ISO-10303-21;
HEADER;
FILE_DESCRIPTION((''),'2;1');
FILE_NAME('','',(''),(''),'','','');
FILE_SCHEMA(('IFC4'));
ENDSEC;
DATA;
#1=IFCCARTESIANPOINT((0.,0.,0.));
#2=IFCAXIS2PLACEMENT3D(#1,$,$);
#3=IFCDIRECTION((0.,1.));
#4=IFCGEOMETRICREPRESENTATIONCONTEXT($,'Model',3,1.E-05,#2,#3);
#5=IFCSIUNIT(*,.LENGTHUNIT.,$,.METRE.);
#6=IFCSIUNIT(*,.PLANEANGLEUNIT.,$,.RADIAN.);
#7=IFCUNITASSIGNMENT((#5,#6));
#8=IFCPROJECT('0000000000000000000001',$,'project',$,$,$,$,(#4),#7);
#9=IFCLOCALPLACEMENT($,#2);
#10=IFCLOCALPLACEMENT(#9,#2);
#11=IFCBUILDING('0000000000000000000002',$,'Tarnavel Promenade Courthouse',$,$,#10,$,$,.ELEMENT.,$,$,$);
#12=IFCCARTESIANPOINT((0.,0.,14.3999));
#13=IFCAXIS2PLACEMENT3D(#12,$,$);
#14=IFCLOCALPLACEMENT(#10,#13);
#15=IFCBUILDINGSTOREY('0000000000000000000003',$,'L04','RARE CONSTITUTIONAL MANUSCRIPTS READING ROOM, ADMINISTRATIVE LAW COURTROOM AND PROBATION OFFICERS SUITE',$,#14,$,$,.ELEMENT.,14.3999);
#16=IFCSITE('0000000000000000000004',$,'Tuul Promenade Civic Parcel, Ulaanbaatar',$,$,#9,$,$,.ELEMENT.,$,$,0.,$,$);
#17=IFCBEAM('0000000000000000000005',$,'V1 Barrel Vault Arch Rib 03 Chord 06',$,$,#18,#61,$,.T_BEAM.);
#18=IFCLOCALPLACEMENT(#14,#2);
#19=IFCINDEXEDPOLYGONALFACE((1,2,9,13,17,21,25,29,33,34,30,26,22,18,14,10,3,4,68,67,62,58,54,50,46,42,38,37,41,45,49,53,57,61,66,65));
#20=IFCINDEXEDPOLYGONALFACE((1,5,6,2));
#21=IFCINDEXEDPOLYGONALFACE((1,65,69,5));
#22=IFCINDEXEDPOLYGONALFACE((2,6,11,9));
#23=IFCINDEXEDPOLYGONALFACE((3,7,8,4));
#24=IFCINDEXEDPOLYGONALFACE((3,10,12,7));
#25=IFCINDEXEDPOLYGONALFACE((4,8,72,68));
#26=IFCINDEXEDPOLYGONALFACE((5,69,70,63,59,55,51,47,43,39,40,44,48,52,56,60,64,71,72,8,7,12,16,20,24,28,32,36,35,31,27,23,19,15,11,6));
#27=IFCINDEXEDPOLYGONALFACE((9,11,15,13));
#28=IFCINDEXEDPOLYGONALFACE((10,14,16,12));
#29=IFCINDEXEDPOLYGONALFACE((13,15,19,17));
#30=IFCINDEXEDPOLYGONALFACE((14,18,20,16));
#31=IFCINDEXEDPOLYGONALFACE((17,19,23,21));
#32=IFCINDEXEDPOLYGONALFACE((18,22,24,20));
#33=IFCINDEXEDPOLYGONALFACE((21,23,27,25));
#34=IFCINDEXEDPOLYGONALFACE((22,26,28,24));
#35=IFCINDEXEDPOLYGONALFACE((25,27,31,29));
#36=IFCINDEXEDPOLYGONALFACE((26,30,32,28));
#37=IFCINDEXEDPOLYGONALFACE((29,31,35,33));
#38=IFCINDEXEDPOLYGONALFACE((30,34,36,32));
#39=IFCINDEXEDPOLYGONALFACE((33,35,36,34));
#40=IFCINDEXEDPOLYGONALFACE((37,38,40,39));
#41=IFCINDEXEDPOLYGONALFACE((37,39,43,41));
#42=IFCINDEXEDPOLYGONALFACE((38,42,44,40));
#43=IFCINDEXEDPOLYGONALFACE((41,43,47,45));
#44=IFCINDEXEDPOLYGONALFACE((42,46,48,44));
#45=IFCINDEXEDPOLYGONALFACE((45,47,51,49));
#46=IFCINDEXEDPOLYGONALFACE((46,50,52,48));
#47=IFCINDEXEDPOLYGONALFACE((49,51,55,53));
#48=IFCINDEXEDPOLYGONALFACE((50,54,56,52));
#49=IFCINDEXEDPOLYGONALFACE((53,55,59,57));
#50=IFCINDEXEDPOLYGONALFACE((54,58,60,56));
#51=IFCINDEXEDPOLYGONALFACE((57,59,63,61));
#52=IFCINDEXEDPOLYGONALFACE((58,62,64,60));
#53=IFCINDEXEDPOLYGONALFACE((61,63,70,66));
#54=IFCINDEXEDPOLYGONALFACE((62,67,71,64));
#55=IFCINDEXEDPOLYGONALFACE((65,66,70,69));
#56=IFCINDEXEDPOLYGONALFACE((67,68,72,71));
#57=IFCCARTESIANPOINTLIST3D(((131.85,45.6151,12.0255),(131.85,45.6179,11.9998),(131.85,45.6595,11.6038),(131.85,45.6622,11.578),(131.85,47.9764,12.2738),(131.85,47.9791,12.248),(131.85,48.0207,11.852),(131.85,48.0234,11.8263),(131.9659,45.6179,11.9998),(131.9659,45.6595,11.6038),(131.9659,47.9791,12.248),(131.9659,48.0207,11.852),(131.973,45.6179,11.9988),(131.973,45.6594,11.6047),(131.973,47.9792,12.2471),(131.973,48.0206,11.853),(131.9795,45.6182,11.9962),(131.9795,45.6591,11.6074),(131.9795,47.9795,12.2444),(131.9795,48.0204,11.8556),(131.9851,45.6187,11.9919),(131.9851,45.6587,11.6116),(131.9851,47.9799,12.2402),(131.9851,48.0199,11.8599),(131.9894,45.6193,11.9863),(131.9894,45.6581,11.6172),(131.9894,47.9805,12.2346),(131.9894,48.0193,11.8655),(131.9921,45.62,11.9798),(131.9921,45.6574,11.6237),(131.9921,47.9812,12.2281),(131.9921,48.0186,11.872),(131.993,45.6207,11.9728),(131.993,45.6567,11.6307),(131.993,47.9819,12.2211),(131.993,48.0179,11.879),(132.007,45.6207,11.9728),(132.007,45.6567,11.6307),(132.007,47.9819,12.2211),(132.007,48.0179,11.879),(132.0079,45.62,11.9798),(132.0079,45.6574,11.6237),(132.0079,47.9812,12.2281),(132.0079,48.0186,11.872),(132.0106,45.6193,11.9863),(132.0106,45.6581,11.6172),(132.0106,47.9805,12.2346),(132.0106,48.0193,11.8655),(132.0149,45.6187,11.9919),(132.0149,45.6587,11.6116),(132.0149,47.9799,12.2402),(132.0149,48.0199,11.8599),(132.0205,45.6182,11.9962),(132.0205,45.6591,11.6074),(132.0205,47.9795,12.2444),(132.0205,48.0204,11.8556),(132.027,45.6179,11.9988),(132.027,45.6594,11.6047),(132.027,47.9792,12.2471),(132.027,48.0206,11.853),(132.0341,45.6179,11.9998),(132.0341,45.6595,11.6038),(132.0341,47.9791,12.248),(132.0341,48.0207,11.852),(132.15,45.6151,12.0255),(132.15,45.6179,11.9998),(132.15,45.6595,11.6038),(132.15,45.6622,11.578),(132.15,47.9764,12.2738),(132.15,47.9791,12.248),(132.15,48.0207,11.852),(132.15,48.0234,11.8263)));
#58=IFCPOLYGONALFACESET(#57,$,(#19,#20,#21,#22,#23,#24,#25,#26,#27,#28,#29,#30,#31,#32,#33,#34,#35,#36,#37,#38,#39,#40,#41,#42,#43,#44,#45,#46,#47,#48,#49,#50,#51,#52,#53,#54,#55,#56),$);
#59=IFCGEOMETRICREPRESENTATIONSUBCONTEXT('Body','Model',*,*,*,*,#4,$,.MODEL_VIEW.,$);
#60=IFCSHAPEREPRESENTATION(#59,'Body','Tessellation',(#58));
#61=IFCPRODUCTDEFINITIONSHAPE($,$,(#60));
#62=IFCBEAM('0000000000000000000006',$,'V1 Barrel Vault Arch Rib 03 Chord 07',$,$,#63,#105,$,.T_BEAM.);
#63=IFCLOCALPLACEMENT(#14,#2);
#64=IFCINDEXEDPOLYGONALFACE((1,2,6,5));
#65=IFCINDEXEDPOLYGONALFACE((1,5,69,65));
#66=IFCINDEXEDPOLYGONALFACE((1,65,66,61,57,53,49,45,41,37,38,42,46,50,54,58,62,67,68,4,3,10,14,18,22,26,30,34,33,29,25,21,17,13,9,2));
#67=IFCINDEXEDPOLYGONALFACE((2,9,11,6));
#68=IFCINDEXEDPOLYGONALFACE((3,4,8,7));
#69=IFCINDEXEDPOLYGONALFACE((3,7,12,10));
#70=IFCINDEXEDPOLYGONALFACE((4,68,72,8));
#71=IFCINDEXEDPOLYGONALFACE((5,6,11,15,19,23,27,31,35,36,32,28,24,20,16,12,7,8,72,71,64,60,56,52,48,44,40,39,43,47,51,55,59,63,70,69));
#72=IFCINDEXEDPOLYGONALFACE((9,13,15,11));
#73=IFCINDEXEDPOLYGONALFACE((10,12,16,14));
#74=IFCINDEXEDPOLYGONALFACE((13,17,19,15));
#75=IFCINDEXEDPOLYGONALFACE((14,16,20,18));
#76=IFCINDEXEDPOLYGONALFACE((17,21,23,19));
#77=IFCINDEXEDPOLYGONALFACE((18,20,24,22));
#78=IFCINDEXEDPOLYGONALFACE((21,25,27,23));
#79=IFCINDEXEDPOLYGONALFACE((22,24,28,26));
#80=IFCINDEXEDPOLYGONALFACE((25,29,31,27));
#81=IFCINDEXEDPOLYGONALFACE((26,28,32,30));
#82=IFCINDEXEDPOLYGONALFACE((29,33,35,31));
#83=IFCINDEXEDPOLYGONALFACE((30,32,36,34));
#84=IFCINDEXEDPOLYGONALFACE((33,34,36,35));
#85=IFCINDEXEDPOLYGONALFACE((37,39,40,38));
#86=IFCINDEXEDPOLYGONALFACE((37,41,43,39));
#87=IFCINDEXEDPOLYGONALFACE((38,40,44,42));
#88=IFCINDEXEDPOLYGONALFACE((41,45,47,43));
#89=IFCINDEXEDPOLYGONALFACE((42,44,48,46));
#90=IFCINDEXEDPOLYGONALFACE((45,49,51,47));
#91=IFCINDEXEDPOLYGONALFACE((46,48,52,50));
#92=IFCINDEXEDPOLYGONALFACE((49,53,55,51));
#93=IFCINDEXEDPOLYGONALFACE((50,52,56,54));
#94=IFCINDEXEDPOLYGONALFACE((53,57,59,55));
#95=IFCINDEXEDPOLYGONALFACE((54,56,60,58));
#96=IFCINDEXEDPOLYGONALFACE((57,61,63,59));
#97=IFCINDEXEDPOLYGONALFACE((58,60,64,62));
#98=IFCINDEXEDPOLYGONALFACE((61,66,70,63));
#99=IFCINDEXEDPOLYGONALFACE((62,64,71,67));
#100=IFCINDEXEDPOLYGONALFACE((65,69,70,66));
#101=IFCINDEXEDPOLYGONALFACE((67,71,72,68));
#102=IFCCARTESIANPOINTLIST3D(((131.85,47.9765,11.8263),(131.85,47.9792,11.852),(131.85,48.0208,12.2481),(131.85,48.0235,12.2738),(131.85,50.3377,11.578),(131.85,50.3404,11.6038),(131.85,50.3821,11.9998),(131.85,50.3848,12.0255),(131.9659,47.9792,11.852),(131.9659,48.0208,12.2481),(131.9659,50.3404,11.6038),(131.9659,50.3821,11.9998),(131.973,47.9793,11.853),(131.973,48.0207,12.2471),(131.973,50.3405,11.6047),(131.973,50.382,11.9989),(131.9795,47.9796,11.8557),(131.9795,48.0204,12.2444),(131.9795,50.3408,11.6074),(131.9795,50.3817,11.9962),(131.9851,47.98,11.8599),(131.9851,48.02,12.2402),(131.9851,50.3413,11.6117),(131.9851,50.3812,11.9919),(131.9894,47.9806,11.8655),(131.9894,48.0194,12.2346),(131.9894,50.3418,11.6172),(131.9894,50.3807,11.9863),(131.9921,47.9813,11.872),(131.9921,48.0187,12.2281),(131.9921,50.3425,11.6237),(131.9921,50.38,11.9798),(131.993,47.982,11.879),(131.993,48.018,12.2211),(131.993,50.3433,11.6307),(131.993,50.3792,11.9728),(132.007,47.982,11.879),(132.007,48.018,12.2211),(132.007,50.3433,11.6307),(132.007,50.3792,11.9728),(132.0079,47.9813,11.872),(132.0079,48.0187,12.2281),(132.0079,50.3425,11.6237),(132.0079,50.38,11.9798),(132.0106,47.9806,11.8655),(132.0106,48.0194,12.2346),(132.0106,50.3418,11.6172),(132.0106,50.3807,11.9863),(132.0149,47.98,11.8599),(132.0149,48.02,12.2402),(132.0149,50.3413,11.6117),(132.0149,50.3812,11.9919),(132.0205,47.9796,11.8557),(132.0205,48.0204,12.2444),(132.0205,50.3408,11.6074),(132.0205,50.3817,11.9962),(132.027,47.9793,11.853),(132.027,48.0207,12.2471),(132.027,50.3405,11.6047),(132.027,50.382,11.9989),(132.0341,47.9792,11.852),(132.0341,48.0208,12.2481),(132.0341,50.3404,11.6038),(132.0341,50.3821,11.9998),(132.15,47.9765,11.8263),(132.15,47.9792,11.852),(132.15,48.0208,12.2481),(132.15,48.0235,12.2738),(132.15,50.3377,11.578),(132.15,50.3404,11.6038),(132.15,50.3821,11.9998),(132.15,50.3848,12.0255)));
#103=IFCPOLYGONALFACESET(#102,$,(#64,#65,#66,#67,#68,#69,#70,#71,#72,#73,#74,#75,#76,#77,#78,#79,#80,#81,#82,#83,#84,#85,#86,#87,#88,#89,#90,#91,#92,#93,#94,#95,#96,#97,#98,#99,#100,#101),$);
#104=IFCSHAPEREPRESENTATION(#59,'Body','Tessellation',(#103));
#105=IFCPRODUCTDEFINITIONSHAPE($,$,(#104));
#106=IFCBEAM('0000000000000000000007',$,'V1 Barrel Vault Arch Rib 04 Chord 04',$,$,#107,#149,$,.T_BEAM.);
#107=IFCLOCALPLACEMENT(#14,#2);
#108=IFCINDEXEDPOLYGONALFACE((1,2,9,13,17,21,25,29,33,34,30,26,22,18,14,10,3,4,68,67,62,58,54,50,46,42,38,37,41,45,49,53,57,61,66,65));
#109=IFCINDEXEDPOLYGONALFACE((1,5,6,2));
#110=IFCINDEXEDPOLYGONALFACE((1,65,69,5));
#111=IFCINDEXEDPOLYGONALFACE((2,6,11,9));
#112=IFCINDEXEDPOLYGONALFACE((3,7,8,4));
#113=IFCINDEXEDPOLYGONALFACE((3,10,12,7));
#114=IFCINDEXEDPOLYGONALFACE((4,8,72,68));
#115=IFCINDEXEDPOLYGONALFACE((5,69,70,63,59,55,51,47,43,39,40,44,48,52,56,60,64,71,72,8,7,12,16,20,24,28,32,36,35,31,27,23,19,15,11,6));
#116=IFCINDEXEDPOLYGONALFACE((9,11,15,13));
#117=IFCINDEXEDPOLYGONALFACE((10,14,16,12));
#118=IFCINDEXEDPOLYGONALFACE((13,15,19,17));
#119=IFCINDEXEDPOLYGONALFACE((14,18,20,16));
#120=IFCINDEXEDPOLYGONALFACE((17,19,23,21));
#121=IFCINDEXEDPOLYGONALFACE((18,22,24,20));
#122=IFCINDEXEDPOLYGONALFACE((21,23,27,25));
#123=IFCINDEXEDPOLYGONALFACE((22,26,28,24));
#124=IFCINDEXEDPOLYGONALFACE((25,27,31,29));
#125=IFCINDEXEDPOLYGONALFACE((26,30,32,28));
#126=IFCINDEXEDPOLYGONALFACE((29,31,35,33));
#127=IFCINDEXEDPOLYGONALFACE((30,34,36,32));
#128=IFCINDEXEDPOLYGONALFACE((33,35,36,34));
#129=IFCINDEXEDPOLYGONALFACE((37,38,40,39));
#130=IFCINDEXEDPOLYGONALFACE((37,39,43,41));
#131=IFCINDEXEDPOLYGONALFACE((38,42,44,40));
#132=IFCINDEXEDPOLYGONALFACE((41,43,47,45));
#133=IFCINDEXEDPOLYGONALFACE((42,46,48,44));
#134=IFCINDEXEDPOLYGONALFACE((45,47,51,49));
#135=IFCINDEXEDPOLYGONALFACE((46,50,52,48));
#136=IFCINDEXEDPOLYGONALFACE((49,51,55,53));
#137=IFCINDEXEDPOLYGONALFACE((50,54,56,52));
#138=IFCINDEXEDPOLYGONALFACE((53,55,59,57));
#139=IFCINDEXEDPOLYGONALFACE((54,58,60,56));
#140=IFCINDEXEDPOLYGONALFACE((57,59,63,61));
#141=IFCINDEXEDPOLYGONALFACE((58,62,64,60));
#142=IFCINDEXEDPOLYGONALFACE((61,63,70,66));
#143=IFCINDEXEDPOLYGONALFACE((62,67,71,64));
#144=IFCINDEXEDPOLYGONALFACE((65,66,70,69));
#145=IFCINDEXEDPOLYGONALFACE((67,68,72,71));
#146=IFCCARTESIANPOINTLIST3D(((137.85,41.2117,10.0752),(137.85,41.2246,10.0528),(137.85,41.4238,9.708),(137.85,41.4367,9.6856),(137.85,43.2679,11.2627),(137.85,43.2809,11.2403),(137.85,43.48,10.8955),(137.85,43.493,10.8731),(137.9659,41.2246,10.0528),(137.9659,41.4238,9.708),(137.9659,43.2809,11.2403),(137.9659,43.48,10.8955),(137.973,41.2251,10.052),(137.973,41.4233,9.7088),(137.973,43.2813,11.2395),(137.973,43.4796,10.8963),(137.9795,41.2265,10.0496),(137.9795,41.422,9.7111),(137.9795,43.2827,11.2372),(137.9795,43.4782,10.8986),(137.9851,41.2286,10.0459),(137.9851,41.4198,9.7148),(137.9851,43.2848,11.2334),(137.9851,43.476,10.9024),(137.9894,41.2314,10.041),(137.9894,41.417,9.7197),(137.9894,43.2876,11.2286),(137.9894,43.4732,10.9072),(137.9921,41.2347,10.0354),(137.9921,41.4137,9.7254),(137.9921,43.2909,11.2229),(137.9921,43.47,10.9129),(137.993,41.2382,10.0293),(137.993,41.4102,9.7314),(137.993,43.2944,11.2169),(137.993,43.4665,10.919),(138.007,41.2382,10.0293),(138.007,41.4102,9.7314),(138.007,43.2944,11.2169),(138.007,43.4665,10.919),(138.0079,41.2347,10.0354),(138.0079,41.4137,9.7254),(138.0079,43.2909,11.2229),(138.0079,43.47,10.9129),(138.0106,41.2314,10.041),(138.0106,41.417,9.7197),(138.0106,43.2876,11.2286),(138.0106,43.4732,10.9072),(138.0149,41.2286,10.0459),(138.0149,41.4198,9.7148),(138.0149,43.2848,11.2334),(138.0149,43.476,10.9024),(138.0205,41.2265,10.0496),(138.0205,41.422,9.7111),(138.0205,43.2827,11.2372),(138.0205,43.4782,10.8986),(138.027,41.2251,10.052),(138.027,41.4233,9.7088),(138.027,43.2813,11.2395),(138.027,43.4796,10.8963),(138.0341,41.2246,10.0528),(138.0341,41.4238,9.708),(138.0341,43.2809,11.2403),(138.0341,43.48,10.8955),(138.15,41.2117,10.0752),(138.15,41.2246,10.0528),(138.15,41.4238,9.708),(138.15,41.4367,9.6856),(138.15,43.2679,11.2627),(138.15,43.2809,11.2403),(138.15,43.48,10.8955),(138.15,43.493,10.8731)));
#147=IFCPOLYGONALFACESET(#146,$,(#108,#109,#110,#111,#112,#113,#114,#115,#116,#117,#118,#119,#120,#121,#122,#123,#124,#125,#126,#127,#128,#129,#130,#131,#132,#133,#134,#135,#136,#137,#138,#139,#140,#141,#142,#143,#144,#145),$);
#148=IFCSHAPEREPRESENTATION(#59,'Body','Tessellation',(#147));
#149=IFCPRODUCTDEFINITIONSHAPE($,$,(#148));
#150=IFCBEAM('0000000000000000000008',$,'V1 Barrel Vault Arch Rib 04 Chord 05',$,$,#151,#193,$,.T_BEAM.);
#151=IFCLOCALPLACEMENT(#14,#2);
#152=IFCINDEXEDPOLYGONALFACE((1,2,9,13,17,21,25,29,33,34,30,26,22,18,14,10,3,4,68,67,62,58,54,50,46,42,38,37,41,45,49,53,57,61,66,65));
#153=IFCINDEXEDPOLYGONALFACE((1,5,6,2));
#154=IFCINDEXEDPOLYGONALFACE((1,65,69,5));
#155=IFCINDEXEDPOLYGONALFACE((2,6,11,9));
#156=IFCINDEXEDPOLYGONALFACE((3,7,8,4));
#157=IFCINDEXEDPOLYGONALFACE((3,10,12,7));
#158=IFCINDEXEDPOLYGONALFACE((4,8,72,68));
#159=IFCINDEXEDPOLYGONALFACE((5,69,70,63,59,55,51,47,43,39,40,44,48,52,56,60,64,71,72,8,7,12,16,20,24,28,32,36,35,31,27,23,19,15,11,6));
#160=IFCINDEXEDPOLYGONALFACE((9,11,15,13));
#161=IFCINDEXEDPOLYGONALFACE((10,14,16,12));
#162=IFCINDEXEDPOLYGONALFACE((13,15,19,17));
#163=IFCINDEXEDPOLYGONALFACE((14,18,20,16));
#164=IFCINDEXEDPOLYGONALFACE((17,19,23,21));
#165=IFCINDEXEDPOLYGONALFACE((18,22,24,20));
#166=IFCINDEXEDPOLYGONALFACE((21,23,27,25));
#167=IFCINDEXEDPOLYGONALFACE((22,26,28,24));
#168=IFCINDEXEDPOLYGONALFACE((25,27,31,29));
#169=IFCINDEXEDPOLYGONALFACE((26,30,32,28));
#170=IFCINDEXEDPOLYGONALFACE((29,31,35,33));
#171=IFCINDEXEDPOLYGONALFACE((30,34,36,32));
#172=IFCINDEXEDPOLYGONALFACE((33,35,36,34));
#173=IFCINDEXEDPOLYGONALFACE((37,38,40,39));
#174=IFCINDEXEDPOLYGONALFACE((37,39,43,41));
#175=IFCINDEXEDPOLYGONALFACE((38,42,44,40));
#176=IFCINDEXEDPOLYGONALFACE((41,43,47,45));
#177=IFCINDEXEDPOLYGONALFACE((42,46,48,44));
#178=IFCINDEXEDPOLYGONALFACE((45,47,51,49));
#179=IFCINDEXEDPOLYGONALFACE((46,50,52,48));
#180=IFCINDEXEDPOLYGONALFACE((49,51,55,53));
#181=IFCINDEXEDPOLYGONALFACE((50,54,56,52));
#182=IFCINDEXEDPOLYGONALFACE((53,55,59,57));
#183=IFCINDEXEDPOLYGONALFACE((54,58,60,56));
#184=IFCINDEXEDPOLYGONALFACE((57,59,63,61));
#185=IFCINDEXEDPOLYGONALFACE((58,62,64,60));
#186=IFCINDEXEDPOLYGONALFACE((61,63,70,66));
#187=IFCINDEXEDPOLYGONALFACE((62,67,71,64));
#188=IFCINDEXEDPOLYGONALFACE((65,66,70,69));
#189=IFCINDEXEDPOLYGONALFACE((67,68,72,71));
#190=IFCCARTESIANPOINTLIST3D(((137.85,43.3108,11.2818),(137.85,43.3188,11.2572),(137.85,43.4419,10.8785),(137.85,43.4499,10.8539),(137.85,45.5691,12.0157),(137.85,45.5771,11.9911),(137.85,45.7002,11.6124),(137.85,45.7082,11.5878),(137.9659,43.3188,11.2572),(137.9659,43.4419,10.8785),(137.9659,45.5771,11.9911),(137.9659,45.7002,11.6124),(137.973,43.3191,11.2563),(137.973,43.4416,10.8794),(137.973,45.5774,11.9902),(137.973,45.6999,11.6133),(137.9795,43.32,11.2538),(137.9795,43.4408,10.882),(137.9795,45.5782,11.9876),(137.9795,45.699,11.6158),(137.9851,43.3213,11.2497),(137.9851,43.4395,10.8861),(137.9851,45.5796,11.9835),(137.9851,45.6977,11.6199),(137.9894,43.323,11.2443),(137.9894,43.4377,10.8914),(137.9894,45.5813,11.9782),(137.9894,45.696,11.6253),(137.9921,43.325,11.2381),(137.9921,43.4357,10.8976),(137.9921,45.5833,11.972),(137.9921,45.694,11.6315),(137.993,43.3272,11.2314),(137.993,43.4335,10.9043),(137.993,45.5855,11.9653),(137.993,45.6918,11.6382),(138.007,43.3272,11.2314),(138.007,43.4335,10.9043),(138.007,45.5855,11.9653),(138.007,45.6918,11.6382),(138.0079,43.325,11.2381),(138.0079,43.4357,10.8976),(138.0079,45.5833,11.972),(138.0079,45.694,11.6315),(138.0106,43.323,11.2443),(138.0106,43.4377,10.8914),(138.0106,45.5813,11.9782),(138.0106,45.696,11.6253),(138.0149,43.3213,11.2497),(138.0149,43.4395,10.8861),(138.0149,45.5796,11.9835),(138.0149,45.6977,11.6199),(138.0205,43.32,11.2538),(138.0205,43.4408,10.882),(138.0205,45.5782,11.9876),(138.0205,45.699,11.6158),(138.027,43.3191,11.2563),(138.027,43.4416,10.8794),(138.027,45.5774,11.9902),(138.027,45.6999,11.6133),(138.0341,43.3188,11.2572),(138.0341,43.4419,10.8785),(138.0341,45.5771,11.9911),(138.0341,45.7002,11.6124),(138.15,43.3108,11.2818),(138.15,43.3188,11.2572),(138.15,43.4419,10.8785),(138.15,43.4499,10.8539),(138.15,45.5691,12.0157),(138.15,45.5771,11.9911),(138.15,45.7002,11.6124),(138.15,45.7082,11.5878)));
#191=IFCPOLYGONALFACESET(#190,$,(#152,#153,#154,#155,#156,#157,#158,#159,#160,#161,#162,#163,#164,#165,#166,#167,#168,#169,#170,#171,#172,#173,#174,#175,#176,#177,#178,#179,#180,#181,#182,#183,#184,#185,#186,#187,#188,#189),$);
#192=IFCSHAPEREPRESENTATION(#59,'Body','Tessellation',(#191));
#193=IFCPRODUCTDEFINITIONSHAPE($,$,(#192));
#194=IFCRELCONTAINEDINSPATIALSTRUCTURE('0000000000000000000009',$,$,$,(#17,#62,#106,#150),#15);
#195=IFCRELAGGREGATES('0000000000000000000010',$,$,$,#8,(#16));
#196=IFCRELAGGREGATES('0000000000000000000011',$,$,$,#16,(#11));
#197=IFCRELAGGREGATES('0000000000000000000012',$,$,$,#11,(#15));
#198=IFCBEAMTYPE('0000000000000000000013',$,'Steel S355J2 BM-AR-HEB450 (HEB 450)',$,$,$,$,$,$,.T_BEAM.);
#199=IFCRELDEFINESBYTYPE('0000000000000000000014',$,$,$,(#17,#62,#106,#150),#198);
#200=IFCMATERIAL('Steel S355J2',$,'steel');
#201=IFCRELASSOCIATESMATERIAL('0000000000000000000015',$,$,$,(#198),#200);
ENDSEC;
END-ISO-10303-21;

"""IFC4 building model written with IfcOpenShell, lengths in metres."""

from ifc_helpers import new_model, si_unit, direction, frame, origin, origin_2d, place, context, subcontext, project, spatial, i_section, extrude, material, material_profile, profile_set, type_object, element, save


model = new_model("IFC4")

# Units and contexts
model_context = context("Model", 3, precision=1e-05, world=origin(), true_north=direction((0.0, 1.0)))
body_context = subcontext(model_context, "Body", "Model", "MODEL_VIEW")
ifc_project = project(units=[si_unit("LENGTHUNIT", "METRE"), si_unit("PLANEANGLEUNIT", "RADIAN")], contexts=[model_context])

# Site, building, storey
site_placement = place(None, origin())
site = spatial("IfcSite", under=ifc_project, at=site_placement, Name="Tuul Promenade Civic Parcel, Ulaanbaatar", CompositionType="ELEMENT", RefElevation=0.0)
building_placement = place(site_placement, origin())
building = spatial("IfcBuilding", under=site, at=building_placement, Name="Tarnavel Promenade Courthouse", CompositionType="ELEMENT")
storey_placement = place(building_placement, frame((0.0, 0.0, 14.3999)))
storey = spatial("IfcBuildingStorey", under=building, at=storey_placement, Name="L04", Description="RARE CONSTITUTIONAL MANUSCRIPTS READING ROOM, ADMINISTRATIVE LAW COURTROOM AND PROBATION OFFICERS SUITE", CompositionType="ELEMENT", Elevation=14.3999)

# Beams
ifc_material_1 = material(Name="Steel S355J2", Category="steel")
ifc_material_profile_1 = material_profile(ifc_material_1, i_section(OverallWidth=0.3, OverallDepth=0.45, WebThickness=0.0139, FlangeThickness=0.0259, FilletRadius=0.0271, at=origin_2d()), Name="HEB 450")
ifc_profile_set_1 = profile_set([ifc_material_profile_1], Name="Steel S355J2")
beam_type = type_object("IfcBeamType", Name="Steel S355J2 BM-AR-HEB450 (HEB 450)", PredefinedType="T_BEAM", material=ifc_profile_set_1)
for number, where, z_axis, x_axis, name in (
    (1, (132.0, 45.6387, 11.8018), (0.0, 0.994517, 0.104572), (-1.0, 0.0, 0.0), "V1 Barrel Vault Arch Rib 03 Chord 06"),
    (2, (132.0, 48.0, 12.05), (0.0, 0.994517, -0.104572), (-1.0, 0.0, 0.0), "V1 Barrel Vault Arch Rib 03 Chord 07"),
):
    element("IfcBeam", number, at=place(storey_placement, frame(where, z_axis=z_axis, x_axis=x_axis)), inside=storey, type_object=beam_type, Name=name, PredefinedType="T_BEAM", context=body_context, shape_type="SweptSolid", body=[
        extrude(i_section(OverallWidth=0.3, OverallDepth=0.45, WebThickness=0.0139, FlangeThickness=0.0259, FilletRadius=0.0271, at=origin_2d()), origin(), (0.0, 0.0, 1.0), 2.3743),
    ])
for number, where, z_axis, x_axis, name in (
    (3, (138.0, 41.3242, 9.8804), (0.0, 0.865956, 0.50012), (-1.0, 0.0, 0.0), "V1 Barrel Vault Arch Rib 04 Chord 04"),
    (4, (138.0, 43.3804, 11.0679), (0.0, 0.951042, 0.309063), (-1.0, 0.0, 0.0), "V1 Barrel Vault Arch Rib 04 Chord 05"),
):
    element("IfcBeam", number, at=place(storey_placement, frame(where, z_axis=z_axis, x_axis=x_axis)), inside=storey, type_object=beam_type, Name=name, PredefinedType="T_BEAM", context=body_context, shape_type="SweptSolid", body=[
        extrude(i_section(OverallWidth=0.3, OverallDepth=0.45, WebThickness=0.0139, FlangeThickness=0.0259, FilletRadius=0.0271, at=origin_2d()), origin(), (0.0, 0.0, 1.0), 2.3745),
    ])

save(model, "model.ifc")
